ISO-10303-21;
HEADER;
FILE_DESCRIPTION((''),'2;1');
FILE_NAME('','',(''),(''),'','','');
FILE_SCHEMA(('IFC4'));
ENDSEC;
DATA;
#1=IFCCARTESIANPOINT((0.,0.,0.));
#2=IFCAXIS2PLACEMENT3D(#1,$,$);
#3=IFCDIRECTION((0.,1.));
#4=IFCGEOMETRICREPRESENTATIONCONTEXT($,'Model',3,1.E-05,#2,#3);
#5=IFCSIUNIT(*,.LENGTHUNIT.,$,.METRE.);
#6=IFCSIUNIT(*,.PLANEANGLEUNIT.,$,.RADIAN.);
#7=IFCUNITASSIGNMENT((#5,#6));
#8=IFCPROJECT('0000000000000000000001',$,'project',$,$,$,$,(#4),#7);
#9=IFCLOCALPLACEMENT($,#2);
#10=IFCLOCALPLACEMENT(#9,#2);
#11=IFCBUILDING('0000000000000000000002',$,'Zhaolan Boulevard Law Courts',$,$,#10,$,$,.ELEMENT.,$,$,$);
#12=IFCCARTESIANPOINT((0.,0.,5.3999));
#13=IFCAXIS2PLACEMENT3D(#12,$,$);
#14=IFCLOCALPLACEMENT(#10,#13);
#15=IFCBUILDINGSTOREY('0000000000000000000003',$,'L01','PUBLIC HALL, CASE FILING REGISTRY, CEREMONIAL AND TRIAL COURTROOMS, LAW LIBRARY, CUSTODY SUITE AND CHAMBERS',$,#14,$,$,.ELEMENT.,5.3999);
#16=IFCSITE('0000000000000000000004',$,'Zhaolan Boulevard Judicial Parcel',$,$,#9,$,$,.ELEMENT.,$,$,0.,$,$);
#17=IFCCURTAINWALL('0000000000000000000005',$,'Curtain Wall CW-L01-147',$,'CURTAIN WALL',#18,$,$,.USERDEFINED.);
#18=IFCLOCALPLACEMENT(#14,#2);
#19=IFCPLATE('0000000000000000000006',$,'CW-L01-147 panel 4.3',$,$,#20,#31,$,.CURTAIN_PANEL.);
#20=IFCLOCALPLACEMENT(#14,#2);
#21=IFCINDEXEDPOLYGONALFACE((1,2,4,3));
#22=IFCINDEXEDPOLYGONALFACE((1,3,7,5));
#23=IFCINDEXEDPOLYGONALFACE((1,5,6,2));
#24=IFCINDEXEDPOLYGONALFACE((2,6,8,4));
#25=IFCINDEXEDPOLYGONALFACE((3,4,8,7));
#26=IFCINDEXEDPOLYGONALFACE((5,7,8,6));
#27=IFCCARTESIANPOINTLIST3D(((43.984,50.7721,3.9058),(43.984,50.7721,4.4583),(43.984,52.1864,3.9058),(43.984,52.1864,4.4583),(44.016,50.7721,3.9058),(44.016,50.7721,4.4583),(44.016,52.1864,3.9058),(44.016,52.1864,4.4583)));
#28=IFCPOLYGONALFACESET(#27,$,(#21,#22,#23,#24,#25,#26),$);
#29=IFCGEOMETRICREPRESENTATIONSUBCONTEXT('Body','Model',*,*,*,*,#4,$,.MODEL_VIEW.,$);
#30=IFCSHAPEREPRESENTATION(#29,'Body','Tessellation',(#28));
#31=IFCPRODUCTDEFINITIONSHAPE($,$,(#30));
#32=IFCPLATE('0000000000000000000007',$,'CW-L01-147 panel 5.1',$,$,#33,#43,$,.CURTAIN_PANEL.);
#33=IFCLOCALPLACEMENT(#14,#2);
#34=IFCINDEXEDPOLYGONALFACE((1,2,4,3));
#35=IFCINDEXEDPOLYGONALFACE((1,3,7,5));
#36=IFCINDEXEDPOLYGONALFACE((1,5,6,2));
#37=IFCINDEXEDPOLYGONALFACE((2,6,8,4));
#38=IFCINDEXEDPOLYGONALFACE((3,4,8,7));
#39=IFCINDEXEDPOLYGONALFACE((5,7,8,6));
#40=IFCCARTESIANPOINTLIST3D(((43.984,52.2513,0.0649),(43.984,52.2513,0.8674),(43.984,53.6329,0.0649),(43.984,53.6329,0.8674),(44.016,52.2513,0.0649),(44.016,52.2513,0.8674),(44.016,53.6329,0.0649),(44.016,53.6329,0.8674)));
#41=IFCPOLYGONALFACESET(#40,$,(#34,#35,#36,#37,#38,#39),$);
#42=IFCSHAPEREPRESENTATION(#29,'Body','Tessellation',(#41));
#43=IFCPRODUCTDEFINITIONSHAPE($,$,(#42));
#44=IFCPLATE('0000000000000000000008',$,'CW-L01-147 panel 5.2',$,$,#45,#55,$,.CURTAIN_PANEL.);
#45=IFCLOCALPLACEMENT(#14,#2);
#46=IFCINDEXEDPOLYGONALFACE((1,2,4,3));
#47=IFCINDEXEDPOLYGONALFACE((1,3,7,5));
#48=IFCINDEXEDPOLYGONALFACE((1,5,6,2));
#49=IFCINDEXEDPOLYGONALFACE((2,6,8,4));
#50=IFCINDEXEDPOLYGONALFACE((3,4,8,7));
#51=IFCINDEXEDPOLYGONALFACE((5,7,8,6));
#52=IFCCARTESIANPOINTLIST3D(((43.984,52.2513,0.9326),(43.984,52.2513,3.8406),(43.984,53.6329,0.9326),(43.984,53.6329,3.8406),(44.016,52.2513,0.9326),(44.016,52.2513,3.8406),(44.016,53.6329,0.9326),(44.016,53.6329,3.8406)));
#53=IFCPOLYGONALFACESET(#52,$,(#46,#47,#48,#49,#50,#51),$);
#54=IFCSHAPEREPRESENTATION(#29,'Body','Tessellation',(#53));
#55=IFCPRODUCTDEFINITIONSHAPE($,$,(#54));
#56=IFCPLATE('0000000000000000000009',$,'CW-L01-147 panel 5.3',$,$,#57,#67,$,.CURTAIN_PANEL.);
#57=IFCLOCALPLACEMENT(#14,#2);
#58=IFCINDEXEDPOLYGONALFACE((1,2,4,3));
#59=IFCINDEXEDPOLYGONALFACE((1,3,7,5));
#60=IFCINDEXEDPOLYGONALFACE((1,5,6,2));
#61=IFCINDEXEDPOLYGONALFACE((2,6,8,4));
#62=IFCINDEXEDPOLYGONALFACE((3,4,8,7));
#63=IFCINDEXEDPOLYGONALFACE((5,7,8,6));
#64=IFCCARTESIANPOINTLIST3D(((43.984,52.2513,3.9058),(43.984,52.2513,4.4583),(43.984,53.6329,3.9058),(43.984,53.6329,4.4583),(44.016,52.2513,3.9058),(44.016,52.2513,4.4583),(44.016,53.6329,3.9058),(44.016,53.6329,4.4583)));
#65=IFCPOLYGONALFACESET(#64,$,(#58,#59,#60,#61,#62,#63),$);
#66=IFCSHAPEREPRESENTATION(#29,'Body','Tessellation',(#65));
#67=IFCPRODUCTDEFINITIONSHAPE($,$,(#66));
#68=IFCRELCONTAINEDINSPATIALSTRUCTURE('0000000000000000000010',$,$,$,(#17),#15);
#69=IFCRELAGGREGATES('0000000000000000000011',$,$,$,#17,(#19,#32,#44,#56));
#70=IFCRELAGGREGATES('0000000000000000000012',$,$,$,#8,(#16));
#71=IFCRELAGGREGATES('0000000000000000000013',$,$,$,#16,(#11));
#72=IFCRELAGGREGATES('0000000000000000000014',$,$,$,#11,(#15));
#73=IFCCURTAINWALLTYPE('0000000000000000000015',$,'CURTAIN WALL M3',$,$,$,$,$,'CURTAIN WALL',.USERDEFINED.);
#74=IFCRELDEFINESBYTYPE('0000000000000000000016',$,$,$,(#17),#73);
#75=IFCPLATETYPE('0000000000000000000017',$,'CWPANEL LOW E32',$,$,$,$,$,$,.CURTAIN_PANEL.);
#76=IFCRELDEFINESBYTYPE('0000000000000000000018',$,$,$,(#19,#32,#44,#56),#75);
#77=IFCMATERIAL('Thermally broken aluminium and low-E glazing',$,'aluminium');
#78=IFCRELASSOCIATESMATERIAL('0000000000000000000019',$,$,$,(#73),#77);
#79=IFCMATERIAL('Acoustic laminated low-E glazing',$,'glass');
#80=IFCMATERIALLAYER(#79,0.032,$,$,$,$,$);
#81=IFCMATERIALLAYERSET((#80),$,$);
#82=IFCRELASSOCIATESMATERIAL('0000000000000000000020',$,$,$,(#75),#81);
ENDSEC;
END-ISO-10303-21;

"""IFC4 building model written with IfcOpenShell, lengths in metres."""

from ifc_helpers import new_model, si_unit, direction, frame, origin, origin_2d, place, context, subcontext, project, spatial, rectangle, extrude, material, layer, layer_set, type_object, element, aggregate, save


model = new_model("IFC4")

# Units and contexts
model_context = context("Model", 3, precision=1e-05, world=origin(), true_north=direction((0.0, 1.0)))
body_context = subcontext(model_context, "Body", "Model", "MODEL_VIEW")
ifc_project = project(units=[si_unit("LENGTHUNIT", "METRE"), si_unit("PLANEANGLEUNIT", "RADIAN")], contexts=[model_context])

# Site, building, storey
site_placement = place(None, origin())
site = spatial("IfcSite", under=ifc_project, at=site_placement, Name="Zhaolan Boulevard Judicial Parcel", CompositionType="ELEMENT", RefElevation=0.0)
building_placement = place(site_placement, origin())
building = spatial("IfcBuilding", under=site, at=building_placement, Name="Zhaolan Boulevard Law Courts", CompositionType="ELEMENT")
storey_placement = place(building_placement, frame((0.0, 0.0, 5.3999)))
storey = spatial("IfcBuildingStorey", under=building, at=storey_placement, Name="L01", Description="PUBLIC HALL, CASE FILING REGISTRY, CEREMONIAL AND TRIAL COURTROOMS, LAW LIBRARY, CUSTODY SUITE AND CHAMBERS", CompositionType="ELEMENT", Elevation=5.3999)

# Curtain wall
ifc_material_1 = material(Name="Thermally broken aluminium and low-E glazing", Category="aluminium")
curtain_wall_type = type_object("IfcCurtainWallType", Name="CURTAIN WALL M3", ElementType="CURTAIN WALL", PredefinedType="USERDEFINED", material=ifc_material_1)
curtain_wall_placement = place(storey_placement, origin())
curtain_wall = element("IfcCurtainWall", 1, at=curtain_wall_placement, inside=storey, type_object=curtain_wall_type, Name="Curtain Wall CW-L01-147", ObjectType="CURTAIN WALL", PredefinedType="USERDEFINED")

# Plates
ifc_material_2 = material(Name="Acoustic laminated low-E glazing", Category="glass")
ifc_layer = layer(ifc_material_2, 0.032)
ifc_layer_set = layer_set([ifc_layer])
plate_type = type_object("IfcPlateType", Name="CWPANEL LOW E32", PredefinedType="CURTAIN_PANEL", material=ifc_layer_set)
plate_1_placement = place(storey_placement, frame((44.0, 51.4792, 3.9058), z_axis=(0.0, 0.0, 1.0), x_axis=(0.0, 1.0, 0.0)))
plate_1 = element("IfcPlate", 2, at=plate_1_placement, type_object=plate_type, Name="CW-L01-147 panel 4.3", PredefinedType="CURTAIN_PANEL", context=body_context, shape_type="SweptSolid", body=[
    extrude(rectangle(XDim=1.4143, YDim=0.032, at=origin_2d()), origin(), (0.0, 0.0, 1.0), 0.5525),
])
plate_2_placement = place(storey_placement, frame((44.0, 52.9421, 0.0649), z_axis=(0.0, 0.0, 1.0), x_axis=(0.0, 1.0, 0.0)))
plate_2 = element("IfcPlate", 3, at=plate_2_placement, type_object=plate_type, Name="CW-L01-147 panel 5.1", PredefinedType="CURTAIN_PANEL", context=body_context, shape_type="SweptSolid", body=[
    extrude(rectangle(XDim=1.3816, YDim=0.032, at=origin_2d()), origin(), (0.0, 0.0, 1.0), 0.8025),
])
plate_3_placement = place(storey_placement, frame((44.0, 52.9421, 0.9326), z_axis=(0.0, 0.0, 1.0), x_axis=(0.0, 1.0, 0.0)))
plate_3 = element("IfcPlate", 4, at=plate_3_placement, type_object=plate_type, Name="CW-L01-147 panel 5.2", PredefinedType="CURTAIN_PANEL", context=body_context, shape_type="SweptSolid", body=[
    extrude(rectangle(XDim=1.3816, YDim=0.032, at=origin_2d()), origin(), (0.0, 0.0, 1.0), 2.908),
])
plate_4_placement = place(storey_placement, frame((44.0, 52.9421, 3.9058), z_axis=(0.0, 0.0, 1.0), x_axis=(0.0, 1.0, 0.0)))
plate_4 = element("IfcPlate", 5, at=plate_4_placement, type_object=plate_type, Name="CW-L01-147 panel 5.3", PredefinedType="CURTAIN_PANEL", context=body_context, shape_type="SweptSolid", body=[
    extrude(rectangle(XDim=1.3816, YDim=0.032, at=origin_2d()), origin(), (0.0, 0.0, 1.0), 0.5525),
])
aggregate(curtain_wall, [plate_1, plate_2, plate_3, plate_4])

save(model, "model.ifc")
